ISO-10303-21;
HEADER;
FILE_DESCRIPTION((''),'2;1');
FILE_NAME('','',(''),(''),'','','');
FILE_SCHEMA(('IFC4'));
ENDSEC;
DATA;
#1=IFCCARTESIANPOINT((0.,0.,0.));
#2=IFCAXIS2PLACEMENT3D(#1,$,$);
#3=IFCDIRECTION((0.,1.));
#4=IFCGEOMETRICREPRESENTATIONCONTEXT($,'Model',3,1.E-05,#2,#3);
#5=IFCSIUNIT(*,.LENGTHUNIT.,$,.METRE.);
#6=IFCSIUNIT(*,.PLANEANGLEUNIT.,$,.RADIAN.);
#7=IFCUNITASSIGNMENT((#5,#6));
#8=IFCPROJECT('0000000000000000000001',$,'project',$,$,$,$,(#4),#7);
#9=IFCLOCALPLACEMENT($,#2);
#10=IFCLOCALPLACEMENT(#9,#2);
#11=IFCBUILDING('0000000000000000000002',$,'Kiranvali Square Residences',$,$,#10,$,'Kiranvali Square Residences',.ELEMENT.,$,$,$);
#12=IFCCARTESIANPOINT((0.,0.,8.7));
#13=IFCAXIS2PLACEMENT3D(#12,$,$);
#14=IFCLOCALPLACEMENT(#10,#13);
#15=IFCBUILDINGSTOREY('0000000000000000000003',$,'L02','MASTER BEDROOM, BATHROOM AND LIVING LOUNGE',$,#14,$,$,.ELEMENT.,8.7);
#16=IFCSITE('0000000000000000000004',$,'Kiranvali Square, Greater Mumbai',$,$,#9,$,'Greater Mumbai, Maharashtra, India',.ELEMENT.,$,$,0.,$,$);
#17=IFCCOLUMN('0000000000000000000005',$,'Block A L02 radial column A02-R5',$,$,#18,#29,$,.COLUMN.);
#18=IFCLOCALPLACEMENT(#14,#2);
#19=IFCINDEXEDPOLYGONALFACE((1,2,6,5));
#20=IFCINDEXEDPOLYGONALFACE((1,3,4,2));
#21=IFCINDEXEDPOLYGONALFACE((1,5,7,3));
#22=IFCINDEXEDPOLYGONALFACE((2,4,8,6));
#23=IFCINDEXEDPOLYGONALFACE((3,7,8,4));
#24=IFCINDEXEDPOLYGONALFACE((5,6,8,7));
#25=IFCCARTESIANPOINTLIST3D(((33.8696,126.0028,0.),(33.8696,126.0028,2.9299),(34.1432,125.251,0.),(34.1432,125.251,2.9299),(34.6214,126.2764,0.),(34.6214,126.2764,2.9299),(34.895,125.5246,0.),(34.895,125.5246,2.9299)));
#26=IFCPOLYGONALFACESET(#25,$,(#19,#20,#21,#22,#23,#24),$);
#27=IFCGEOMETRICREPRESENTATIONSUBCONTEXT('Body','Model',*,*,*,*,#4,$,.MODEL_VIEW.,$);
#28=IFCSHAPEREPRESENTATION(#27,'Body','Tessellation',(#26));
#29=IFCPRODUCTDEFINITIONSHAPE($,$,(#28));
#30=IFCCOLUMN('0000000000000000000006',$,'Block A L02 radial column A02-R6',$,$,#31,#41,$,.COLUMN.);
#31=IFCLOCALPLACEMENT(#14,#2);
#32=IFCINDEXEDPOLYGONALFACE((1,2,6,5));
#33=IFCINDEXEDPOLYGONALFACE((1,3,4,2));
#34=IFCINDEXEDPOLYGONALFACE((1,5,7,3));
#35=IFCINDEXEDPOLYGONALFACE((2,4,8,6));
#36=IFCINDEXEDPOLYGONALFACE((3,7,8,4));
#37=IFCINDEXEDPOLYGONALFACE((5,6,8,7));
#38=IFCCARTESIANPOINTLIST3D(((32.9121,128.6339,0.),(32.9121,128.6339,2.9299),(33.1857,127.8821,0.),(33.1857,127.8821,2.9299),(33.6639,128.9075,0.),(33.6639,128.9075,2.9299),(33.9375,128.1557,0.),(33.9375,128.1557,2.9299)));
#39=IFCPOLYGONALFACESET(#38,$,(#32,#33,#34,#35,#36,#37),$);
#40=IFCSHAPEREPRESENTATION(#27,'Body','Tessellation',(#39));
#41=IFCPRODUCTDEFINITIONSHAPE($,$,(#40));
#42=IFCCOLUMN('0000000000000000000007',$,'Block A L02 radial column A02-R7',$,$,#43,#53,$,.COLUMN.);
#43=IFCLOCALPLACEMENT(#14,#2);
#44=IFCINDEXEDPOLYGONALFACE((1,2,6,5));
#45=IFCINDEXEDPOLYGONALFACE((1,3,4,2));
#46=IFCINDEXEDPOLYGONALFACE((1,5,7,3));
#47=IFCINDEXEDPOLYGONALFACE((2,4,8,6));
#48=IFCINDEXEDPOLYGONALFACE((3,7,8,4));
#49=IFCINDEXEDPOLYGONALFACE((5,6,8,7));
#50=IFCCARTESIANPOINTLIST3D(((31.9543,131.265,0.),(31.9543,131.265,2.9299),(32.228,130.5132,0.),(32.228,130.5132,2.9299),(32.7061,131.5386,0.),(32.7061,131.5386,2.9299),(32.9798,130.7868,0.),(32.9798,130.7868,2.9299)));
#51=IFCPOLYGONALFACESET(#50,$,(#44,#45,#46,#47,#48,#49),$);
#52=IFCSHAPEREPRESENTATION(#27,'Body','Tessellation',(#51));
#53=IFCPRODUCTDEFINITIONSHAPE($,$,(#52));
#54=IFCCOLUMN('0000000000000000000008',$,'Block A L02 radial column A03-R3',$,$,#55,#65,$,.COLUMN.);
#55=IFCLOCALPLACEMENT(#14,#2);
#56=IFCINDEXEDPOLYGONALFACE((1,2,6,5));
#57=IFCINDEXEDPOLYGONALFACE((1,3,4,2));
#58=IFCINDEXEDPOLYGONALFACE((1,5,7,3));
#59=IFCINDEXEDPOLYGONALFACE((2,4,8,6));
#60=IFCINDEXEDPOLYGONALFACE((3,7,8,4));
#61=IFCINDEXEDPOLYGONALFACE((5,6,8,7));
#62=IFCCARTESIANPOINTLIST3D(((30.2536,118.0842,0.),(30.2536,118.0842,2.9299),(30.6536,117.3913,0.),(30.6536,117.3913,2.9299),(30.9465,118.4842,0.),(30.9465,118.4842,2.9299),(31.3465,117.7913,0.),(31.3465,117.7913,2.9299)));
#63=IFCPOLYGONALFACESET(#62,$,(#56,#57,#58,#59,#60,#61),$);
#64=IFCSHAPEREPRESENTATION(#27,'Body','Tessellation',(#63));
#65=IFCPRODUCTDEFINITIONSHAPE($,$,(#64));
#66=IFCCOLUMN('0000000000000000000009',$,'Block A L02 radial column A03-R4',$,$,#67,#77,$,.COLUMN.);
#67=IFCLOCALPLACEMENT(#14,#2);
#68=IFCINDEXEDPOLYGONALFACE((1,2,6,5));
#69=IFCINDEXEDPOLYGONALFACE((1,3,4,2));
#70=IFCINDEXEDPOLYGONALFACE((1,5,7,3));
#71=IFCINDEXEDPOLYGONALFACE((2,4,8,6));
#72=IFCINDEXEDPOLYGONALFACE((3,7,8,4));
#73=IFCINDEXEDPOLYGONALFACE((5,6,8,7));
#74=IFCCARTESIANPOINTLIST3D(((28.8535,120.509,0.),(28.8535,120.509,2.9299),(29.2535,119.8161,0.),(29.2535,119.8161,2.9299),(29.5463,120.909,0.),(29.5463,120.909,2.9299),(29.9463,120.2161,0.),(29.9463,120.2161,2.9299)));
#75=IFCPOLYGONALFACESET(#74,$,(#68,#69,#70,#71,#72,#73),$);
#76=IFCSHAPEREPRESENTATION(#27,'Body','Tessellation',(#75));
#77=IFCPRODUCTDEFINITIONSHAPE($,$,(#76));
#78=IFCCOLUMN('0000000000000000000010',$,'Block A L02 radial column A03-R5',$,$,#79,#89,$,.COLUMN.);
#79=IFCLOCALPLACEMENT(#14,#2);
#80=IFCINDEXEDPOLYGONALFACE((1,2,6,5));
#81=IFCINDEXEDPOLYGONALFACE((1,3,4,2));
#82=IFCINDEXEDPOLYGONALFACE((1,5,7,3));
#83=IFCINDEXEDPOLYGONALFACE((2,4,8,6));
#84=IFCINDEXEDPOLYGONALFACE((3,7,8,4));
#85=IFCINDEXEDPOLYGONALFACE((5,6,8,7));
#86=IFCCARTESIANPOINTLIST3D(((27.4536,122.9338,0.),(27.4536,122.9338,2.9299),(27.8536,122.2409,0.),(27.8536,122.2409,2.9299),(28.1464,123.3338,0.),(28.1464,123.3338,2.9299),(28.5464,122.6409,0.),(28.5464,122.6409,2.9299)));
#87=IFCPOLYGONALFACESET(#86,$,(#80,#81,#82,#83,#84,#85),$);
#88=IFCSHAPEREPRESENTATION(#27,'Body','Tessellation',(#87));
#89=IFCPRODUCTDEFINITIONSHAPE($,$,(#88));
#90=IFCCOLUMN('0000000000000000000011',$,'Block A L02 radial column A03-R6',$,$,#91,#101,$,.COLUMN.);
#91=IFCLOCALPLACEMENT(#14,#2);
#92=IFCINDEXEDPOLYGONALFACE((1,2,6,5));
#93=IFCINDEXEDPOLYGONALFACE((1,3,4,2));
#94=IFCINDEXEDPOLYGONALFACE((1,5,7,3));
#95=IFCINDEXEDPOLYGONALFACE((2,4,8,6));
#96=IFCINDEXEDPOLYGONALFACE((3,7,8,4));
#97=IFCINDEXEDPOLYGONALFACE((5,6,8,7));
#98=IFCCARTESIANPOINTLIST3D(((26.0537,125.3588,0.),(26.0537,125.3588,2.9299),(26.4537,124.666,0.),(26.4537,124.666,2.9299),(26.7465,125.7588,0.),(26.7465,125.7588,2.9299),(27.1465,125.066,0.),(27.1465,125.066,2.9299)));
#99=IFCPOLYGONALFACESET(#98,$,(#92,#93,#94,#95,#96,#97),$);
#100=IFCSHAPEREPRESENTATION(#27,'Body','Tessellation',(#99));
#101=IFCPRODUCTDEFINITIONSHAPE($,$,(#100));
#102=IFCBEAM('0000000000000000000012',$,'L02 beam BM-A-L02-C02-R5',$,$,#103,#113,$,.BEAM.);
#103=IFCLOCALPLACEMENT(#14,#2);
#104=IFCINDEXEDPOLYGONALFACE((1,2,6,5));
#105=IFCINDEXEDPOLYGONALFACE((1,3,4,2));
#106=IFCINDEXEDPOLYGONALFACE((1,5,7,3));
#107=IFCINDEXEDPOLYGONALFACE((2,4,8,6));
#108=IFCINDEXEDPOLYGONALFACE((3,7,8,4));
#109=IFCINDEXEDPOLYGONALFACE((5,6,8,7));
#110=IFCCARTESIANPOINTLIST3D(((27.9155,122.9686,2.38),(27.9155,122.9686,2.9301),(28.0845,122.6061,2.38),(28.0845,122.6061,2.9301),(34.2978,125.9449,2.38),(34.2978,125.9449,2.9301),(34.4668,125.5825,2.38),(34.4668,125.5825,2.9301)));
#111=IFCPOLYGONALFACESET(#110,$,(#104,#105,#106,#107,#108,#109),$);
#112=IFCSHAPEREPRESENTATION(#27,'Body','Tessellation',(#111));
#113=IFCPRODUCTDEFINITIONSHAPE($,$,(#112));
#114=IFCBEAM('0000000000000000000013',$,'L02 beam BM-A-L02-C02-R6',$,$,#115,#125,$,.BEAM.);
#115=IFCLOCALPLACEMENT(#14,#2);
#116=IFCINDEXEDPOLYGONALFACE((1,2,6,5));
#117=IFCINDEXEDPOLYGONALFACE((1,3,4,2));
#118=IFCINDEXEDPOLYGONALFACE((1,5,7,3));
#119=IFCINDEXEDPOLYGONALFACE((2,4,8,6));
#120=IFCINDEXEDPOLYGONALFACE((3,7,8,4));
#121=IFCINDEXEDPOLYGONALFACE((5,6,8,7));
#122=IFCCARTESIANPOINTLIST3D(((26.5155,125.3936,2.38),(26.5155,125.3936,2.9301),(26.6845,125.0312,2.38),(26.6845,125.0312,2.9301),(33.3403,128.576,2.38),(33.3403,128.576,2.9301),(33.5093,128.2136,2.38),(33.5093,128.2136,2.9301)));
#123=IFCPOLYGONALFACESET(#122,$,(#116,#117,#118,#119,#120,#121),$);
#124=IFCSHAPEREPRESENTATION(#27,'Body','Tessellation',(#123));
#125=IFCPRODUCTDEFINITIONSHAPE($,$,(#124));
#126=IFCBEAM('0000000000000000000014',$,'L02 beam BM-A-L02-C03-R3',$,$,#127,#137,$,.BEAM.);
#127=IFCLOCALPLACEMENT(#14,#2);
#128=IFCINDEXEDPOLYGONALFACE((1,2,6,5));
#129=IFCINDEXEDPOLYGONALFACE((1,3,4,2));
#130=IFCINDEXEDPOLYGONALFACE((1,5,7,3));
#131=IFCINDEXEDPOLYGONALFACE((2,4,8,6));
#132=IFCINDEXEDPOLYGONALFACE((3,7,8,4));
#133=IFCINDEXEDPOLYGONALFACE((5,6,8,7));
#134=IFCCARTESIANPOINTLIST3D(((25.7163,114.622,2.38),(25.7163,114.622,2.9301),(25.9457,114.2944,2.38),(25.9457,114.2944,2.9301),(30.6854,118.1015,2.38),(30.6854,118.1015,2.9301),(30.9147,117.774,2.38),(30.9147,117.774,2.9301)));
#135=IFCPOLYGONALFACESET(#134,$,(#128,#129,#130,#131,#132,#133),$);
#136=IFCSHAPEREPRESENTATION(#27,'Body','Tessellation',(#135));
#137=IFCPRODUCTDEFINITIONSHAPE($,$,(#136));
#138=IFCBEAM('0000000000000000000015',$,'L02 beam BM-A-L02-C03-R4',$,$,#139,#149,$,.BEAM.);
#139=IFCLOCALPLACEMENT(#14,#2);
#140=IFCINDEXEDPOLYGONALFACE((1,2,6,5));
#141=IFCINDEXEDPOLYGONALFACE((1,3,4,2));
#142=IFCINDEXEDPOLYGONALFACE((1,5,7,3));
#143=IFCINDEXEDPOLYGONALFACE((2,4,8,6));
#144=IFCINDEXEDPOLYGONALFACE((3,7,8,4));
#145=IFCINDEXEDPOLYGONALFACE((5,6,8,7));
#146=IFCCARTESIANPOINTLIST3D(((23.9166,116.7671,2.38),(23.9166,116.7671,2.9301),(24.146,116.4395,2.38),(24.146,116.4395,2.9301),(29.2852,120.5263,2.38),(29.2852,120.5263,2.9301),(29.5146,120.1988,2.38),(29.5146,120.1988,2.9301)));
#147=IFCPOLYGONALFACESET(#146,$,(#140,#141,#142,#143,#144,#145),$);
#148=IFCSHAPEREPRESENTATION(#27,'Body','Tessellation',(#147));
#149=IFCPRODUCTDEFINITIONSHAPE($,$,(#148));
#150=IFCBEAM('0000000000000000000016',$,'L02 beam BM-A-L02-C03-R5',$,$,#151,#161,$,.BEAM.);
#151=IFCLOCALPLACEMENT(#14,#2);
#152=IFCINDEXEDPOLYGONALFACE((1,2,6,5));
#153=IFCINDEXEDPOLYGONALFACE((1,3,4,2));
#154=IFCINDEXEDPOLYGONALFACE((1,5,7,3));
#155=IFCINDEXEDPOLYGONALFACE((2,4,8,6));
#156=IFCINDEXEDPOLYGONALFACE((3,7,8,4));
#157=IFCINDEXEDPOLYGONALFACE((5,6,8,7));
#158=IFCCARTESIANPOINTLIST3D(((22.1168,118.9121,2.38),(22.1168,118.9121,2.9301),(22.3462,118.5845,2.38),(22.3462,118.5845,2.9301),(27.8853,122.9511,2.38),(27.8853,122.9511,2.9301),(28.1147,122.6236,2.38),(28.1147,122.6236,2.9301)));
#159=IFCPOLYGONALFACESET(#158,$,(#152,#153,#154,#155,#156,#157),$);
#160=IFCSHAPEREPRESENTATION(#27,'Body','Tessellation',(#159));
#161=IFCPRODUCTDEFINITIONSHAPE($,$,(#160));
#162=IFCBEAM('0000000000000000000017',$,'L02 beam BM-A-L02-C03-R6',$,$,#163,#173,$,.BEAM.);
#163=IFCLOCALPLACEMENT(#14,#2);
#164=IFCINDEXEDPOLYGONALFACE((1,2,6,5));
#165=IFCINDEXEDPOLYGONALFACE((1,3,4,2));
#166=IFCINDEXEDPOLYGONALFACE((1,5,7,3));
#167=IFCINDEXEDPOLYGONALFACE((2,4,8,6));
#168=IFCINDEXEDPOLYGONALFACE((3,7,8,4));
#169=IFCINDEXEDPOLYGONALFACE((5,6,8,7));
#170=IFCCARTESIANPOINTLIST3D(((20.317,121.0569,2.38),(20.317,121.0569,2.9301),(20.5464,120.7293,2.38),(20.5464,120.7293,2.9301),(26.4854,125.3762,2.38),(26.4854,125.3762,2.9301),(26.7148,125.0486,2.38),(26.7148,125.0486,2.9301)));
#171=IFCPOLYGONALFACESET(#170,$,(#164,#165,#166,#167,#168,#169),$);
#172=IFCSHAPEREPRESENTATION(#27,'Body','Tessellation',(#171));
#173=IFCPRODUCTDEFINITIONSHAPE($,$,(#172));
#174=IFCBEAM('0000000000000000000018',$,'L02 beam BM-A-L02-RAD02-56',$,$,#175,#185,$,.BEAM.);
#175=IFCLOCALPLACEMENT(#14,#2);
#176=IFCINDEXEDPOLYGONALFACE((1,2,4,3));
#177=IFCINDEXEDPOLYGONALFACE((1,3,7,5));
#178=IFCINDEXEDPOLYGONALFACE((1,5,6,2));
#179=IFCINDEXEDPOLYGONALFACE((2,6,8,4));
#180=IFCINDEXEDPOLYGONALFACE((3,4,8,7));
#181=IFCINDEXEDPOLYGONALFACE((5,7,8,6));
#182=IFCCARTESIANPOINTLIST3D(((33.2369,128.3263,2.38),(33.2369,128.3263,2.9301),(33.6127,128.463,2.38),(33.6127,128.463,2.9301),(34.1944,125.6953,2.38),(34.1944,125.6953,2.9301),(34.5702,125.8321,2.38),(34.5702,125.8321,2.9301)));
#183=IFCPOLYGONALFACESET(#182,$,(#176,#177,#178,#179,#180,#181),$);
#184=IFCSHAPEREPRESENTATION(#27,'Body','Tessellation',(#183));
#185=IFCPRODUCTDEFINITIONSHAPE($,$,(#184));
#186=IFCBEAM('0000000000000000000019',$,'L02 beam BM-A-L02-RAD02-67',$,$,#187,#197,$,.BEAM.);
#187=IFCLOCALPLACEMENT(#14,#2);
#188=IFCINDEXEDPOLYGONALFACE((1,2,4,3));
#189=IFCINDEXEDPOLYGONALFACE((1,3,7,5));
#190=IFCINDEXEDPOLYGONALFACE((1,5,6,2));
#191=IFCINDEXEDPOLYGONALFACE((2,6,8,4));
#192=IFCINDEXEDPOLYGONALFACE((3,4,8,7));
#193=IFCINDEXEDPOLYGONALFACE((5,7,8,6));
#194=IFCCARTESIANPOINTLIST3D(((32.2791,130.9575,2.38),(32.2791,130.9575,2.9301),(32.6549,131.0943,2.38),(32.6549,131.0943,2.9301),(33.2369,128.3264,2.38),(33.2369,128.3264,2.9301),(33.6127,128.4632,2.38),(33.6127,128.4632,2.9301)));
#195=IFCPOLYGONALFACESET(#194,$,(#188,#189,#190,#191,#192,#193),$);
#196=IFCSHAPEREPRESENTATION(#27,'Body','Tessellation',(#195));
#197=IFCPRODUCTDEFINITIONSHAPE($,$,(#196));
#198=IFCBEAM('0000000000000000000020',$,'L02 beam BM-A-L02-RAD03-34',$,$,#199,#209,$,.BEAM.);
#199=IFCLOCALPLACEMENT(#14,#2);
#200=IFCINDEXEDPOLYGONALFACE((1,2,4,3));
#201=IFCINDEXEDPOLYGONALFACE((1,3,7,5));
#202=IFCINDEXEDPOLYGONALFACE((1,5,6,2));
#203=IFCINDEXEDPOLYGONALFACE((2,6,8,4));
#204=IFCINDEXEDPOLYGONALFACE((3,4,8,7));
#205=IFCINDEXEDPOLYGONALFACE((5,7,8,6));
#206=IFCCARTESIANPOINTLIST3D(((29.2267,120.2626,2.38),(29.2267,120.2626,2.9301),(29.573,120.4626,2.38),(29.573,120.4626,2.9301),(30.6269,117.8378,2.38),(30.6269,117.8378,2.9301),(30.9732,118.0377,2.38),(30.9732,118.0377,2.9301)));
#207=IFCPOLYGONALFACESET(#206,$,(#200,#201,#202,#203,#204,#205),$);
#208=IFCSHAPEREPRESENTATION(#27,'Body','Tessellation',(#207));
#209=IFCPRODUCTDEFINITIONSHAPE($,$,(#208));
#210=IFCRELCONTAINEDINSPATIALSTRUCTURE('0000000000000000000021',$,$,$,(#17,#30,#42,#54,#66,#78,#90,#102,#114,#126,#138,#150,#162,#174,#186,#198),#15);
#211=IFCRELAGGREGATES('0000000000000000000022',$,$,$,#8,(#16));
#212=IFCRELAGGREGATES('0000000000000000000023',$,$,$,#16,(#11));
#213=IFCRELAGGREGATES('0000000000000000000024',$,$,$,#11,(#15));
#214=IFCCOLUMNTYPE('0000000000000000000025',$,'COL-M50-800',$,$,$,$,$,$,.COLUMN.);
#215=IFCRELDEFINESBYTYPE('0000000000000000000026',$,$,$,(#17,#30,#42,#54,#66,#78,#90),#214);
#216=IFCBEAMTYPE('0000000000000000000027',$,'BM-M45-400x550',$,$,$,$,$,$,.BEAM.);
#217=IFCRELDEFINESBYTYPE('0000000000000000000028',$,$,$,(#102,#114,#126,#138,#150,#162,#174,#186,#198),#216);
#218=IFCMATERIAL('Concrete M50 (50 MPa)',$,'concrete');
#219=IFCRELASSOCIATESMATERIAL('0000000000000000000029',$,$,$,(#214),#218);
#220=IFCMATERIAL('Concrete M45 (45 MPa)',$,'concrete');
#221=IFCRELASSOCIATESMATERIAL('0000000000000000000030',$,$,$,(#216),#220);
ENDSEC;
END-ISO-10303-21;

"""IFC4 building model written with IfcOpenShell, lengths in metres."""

from ifc_helpers import new_model, si_unit, direction, frame, origin, origin_2d, place, context, subcontext, project, spatial, rectangle, extrude, material, material_profile, profile_set, type_object, element, save


model = new_model("IFC4")

# Units and contexts
model_context = context("Model", 3, precision=1e-05, world=origin(), true_north=direction((0.0, 1.0)))
body_context = subcontext(model_context, "Body", "Model", "MODEL_VIEW")
ifc_project = project(units=[si_unit("LENGTHUNIT", "METRE"), si_unit("PLANEANGLEUNIT", "RADIAN")], contexts=[model_context])

# Site, building, storey
site_placement = place(None, origin())
site = spatial("IfcSite", under=ifc_project, at=site_placement, Name="Kiranvali Square, Greater Mumbai", LongName="Greater Mumbai, Maharashtra, India", CompositionType="ELEMENT", RefElevation=0.0)
building_placement = place(site_placement, origin())
building = spatial("IfcBuilding", under=site, at=building_placement, Name="Kiranvali Square Residences", LongName="Kiranvali Square Residences", CompositionType="ELEMENT")
storey_placement = place(building_placement, frame((0.0, 0.0, 8.7)))
storey = spatial("IfcBuildingStorey", under=building, at=storey_placement, Name="L02", Description="MASTER BEDROOM, BATHROOM AND LIVING LOUNGE", CompositionType="ELEMENT", Elevation=8.7)

# Columns
ifc_material_1 = material(Name="Concrete M50 (50 MPa)", Category="concrete")
ifc_material_profile_1 = material_profile(ifc_material_1, rectangle(XDim=0.8, YDim=0.8, at=origin_2d()), Name="RC 800x800")
ifc_profile_set_1 = profile_set([ifc_material_profile_1], Name="Concrete M50 (50 MPa)")
column_type = type_object("IfcColumnType", Name="COL-M50-800", PredefinedType="COLUMN", material=ifc_profile_set_1)
for number, where, z_axis, x_axis, name in (
    (1, (34.3823, 125.7637, 0.0), (0.0, 0.0, 1.0), (0.939693, 0.34202, 0.0), "Block A L02 radial column A02-R5"),
    (2, (33.4248, 128.3948, 0.0), (0.0, 0.0, 1.0), (0.939693, 0.34202, 0.0), "Block A L02 radial column A02-R6"),
    (3, (32.467, 131.0259, 0.0), (0.0, 0.0, 1.0), (0.939693, 0.34202, 0.0), "Block A L02 radial column A02-R7"),
    (4, (30.8, 117.9377, 0.0), (0.0, 0.0, 1.0), (0.866025, 0.5, 0.0), "Block A L02 radial column A03-R3"),
    (5, (29.3999, 120.3625, 0.0), (0.0, 0.0, 1.0), (0.866025, 0.5, 0.0), "Block A L02 radial column A03-R4"),
    (6, (28.0, 122.7874, 0.0), (0.0, 0.0, 1.0), (0.866025, 0.5, 0.0), "Block A L02 radial column A03-R5"),
    (7, (26.6001, 125.2124, 0.0), (0.0, 0.0, 1.0), (0.866025, 0.5, 0.0), "Block A L02 radial column A03-R6"),
):
    element("IfcColumn", number, at=place(storey_placement, frame(where, z_axis=z_axis, x_axis=x_axis)), inside=storey, type_object=column_type, Name=name, PredefinedType="COLUMN", context=body_context, shape_type="SweptSolid", body=[
        extrude(rectangle(XDim=0.8, YDim=0.8, at=origin_2d()), origin(), (0.0, 0.0, 1.0), 2.9299),
    ])

# Beams
ifc_material_2 = material(Name="Concrete M45 (45 MPa)", Category="concrete")
ifc_material_profile_2 = material_profile(ifc_material_2, rectangle(XDim=0.3999, YDim=0.55, at=origin_2d()), Name="RC 400x550")
ifc_profile_set_2 = profile_set([ifc_material_profile_2], Name="Concrete M45 (45 MPa)")
beam_type_1 = type_object("IfcBeamType", Name="BM-M45-400x550", PredefinedType="BEAM", material=ifc_profile_set_2)
beam_1_placement = place(storey_placement, frame((34.3823, 125.7637, 2.655), z_axis=(-0.906297, -0.422641, 0.0), x_axis=(0.422641, -0.906297, 0.0)))
element("IfcBeam", 8, at=beam_1_placement, inside=storey, type_object=beam_type_1, Name="L02 beam BM-A-L02-C02-R5", PredefinedType="BEAM", context=body_context, shape_type="SweptSolid", body=[
    extrude(rectangle(XDim=0.3999, YDim=0.55, at=origin_2d()), origin(), (0.0, 0.0, 1.0), 7.0422),
])
beam_2_placement = place(storey_placement, frame((33.4248, 128.3948, 2.655), z_axis=(-0.90631, -0.422614, 0.0), x_axis=(0.422614, -0.90631, 0.0)))
element("IfcBeam", 9, at=beam_2_placement, inside=storey, type_object=beam_type_1, Name="L02 beam BM-A-L02-C02-R6", PredefinedType="BEAM", context=body_context, shape_type="SweptSolid", body=[
    extrude(rectangle(XDim=0.3999, YDim=0.55, at=origin_2d()), origin(), (0.0, 0.0, 1.0), 7.5303),
])
beam_3_placement = place(storey_placement, frame((30.8, 117.9377, 2.655), z_axis=(-0.819139, -0.573595, 0.0), x_axis=(0.573595, -0.819139, 0.0)))
element("IfcBeam", 10, at=beam_3_placement, inside=storey, type_object=beam_type_1, Name="L02 beam BM-A-L02-C03-R3", PredefinedType="BEAM", context=body_context, shape_type="SweptSolid", body=[
    extrude(rectangle(XDim=0.3999, YDim=0.55, at=origin_2d()), origin(), (0.0, 0.0, 1.0), 6.0662),
])
beam_4_placement = place(storey_placement, frame((29.3999, 120.3625, 2.655), z_axis=(-0.819144, -0.573587, 0.0), x_axis=(0.573587, -0.819144, 0.0)))
element("IfcBeam", 11, at=beam_4_placement, inside=storey, type_object=beam_type_1, Name="L02 beam BM-A-L02-C03-R4", PredefinedType="BEAM", context=body_context, shape_type="SweptSolid", body=[
    extrude(rectangle(XDim=0.3999, YDim=0.55, at=origin_2d()), origin(), (0.0, 0.0, 1.0), 6.554),
])
beam_5_placement = place(storey_placement, frame((28.0, 122.7874, 2.655), z_axis=(-0.81916, -0.573565, 0.0), x_axis=(0.573565, -0.81916, 0.0)))
element("IfcBeam", 12, at=beam_5_placement, inside=storey, type_object=beam_type_1, Name="L02 beam BM-A-L02-C03-R5", PredefinedType="BEAM", context=body_context, shape_type="SweptSolid", body=[
    extrude(rectangle(XDim=0.3999, YDim=0.55, at=origin_2d()), origin(), (0.0, 0.0, 1.0), 7.042),
])
beam_6_placement = place(storey_placement, frame((26.6001, 125.2124, 2.655), z_axis=(-0.819144, -0.573589, 0.0), x_axis=(0.573589, -0.819144, 0.0)))
element("IfcBeam", 13, at=beam_6_placement, inside=storey, type_object=beam_type_1, Name="L02 beam BM-A-L02-C03-R6", PredefinedType="BEAM", context=body_context, shape_type="SweptSolid", body=[
    extrude(rectangle(XDim=0.3999, YDim=0.55, at=origin_2d()), origin(), (0.0, 0.0, 1.0), 7.5303),
])
beam_7_placement = place(storey_placement, frame((34.3823, 125.7637, 2.655), z_axis=(-0.341981, 0.939707, 0.0), x_axis=(-0.939707, -0.341981, 0.0)))
element("IfcBeam", 14, at=beam_7_placement, inside=storey, type_object=beam_type_1, Name="L02 beam BM-A-L02-RAD02-56", PredefinedType="BEAM", context=body_context, shape_type="SweptSolid", body=[
    extrude(rectangle(XDim=0.3999, YDim=0.55, at=origin_2d()), origin(), (0.0, 0.0, 1.0), 2.7998),
])
for number, where, z_axis, x_axis, name in (
    (15, (33.4248, 128.3948, 2.655), (-0.342058, 0.939679, 0.0), (-0.939679, -0.342058, 0.0), "L02 beam BM-A-L02-RAD02-67"),
    (16, (30.8, 117.9377, 2.655), (-0.50005, 0.865997, 0.0), (-0.865997, -0.50005, 0.0), "L02 beam BM-A-L02-RAD03-34"),
):
    element("IfcBeam", number, at=place(storey_placement, frame(where, z_axis=z_axis, x_axis=x_axis)), inside=storey, type_object=beam_type_1, Name=name, PredefinedType="BEAM", context=body_context, shape_type="SweptSolid", body=[
        extrude(rectangle(XDim=0.3999, YDim=0.55, at=origin_2d()), origin(), (0.0, 0.0, 1.0), 2.8),
    ])

save(model, "model.ifc")
